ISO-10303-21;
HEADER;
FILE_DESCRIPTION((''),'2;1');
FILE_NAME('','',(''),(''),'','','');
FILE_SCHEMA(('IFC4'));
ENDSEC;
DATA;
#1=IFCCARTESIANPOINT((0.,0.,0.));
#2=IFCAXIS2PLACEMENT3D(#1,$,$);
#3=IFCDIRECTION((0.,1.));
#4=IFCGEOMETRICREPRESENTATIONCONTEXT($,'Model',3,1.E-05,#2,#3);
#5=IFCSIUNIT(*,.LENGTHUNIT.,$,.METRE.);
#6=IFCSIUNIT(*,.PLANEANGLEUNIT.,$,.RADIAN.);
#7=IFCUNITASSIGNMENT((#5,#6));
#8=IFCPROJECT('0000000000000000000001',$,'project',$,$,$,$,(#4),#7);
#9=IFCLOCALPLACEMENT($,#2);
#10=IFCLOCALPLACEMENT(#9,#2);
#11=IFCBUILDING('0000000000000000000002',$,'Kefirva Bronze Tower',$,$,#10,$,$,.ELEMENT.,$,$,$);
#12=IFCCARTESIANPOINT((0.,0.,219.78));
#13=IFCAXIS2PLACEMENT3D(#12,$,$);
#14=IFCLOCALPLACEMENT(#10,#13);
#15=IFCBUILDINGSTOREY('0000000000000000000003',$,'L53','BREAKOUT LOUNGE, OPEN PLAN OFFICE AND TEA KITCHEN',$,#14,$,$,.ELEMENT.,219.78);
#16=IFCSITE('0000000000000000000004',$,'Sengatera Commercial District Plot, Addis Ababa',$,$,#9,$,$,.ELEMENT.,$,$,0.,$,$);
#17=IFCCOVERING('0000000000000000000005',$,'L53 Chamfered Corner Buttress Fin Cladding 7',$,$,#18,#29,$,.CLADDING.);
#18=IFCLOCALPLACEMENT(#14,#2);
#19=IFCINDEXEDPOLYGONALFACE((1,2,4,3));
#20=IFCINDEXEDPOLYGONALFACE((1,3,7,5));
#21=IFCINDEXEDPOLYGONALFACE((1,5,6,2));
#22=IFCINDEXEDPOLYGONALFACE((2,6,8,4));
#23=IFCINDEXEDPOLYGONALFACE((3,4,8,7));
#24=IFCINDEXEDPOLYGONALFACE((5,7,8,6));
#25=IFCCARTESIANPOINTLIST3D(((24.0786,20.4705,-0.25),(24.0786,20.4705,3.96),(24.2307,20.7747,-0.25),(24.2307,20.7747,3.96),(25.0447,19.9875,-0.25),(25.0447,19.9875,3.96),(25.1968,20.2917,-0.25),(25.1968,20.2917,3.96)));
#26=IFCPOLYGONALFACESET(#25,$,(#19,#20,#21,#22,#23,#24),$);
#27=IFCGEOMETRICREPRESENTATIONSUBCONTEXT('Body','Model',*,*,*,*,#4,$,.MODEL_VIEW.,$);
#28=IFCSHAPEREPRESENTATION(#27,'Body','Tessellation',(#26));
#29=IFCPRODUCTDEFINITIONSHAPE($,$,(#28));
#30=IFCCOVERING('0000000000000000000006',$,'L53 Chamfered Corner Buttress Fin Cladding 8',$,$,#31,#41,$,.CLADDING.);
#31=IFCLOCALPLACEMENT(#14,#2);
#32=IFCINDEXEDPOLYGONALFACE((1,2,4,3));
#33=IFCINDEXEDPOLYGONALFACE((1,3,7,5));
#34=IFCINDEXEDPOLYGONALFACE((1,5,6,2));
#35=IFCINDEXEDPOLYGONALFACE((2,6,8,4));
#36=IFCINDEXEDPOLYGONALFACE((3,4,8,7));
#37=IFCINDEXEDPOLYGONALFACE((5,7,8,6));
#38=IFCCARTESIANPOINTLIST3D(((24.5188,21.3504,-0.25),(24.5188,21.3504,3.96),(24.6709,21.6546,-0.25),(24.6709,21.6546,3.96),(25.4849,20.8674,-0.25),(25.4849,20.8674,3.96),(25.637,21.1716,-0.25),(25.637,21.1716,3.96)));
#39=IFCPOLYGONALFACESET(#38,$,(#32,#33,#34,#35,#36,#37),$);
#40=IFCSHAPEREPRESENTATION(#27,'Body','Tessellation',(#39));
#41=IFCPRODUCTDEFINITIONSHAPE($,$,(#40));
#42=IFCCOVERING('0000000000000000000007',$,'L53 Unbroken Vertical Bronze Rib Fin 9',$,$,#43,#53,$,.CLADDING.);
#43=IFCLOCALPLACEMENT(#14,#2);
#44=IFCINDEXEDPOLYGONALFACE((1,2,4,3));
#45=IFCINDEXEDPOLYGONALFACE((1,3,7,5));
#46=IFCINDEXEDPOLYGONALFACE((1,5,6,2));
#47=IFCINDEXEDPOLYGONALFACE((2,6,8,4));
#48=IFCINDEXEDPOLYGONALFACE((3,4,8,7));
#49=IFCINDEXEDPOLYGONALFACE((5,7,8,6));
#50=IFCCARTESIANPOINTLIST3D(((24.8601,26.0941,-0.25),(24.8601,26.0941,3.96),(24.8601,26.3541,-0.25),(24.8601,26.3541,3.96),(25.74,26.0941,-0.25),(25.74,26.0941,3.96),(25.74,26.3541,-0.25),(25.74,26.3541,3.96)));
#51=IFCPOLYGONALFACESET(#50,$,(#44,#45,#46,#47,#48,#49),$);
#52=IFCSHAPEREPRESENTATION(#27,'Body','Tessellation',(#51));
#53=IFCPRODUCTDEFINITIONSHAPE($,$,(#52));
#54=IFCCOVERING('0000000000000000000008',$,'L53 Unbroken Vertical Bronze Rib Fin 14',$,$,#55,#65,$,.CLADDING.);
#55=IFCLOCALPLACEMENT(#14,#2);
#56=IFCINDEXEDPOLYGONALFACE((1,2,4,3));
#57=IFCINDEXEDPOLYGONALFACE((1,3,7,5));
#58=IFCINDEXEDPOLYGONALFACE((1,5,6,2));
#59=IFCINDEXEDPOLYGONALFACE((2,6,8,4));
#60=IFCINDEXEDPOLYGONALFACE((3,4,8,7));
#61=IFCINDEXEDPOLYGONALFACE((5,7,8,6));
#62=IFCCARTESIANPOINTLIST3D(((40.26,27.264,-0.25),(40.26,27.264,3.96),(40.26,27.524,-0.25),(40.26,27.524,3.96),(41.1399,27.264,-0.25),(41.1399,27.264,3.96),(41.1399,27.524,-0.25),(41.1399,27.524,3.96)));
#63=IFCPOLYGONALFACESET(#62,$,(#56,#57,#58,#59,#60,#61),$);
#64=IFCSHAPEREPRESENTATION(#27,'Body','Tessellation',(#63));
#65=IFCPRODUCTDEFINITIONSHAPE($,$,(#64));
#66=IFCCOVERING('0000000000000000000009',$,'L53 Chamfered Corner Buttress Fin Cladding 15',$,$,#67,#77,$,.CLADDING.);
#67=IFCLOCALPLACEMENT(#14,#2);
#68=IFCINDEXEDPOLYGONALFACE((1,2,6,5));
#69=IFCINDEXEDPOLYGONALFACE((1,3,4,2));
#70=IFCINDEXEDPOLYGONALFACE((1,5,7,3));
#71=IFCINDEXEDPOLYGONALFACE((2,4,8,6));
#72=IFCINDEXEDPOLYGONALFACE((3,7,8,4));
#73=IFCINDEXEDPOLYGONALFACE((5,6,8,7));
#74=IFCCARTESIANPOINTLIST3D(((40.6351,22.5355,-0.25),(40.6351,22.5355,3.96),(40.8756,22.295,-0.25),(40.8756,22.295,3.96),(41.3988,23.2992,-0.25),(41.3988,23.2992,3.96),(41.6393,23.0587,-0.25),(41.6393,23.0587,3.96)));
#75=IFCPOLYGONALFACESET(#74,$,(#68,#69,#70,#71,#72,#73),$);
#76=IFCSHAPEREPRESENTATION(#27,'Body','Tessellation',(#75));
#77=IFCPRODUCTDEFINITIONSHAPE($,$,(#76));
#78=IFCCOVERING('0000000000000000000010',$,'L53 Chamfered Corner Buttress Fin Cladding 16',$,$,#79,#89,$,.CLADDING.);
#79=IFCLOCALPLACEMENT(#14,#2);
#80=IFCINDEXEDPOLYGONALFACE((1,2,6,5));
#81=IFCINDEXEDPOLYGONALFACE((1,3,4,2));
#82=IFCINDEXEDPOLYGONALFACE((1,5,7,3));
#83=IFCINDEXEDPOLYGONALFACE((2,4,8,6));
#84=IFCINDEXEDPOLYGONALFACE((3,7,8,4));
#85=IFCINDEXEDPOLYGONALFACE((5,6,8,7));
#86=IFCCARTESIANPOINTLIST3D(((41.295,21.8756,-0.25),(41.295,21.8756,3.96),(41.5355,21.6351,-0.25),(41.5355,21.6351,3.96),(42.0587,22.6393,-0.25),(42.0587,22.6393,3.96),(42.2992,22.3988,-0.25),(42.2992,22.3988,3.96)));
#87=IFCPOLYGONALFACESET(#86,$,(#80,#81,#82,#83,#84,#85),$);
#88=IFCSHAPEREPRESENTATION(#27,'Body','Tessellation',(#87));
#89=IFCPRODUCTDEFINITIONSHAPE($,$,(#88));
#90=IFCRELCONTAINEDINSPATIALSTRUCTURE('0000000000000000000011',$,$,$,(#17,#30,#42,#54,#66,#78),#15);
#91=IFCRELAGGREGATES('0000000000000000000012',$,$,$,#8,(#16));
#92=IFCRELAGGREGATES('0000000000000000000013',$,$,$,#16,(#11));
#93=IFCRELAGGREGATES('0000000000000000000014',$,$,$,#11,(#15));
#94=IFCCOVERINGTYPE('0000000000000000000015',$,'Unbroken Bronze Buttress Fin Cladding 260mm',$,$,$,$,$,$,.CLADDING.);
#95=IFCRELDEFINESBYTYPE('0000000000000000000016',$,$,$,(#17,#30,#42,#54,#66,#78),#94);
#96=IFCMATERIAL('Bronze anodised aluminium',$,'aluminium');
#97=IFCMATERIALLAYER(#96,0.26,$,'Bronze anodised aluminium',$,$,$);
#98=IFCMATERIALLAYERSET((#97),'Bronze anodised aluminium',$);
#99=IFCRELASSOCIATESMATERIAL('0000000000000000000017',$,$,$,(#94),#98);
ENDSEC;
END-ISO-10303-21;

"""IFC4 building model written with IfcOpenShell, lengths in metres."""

from ifc_helpers import new_model, si_unit, direction, frame, origin, origin_2d, place, context, subcontext, project, spatial, rectangle, extrude, material, layer, layer_set, type_object, element, save


model = new_model("IFC4")

# Units and contexts
model_context = context("Model", 3, precision=1e-05, world=origin(), true_north=direction((0.0, 1.0)))
body_context = subcontext(model_context, "Body", "Model", "MODEL_VIEW")
ifc_project = project(units=[si_unit("LENGTHUNIT", "METRE"), si_unit("PLANEANGLEUNIT", "RADIAN")], contexts=[model_context])

# Site, building, storey
site_placement = place(None, origin())
site = spatial("IfcSite", under=ifc_project, at=site_placement, Name="Sengatera Commercial District Plot, Addis Ababa", CompositionType="ELEMENT", RefElevation=0.0)
building_placement = place(site_placement, origin())
building = spatial("IfcBuilding", under=site, at=building_placement, Name="Kefirva Bronze Tower", CompositionType="ELEMENT")
storey_placement = place(building_placement, frame((0.0, 0.0, 219.78)))
storey = spatial("IfcBuildingStorey", under=building, at=storey_placement, Name="L53", Description="BREAKOUT LOUNGE, OPEN PLAN OFFICE AND TEA KITCHEN", CompositionType="ELEMENT", Elevation=219.78)

# Coverings
ifc_material_1 = material(Name="Bronze anodised aluminium", Category="aluminium")
ifc_layer_1 = layer(ifc_material_1, 0.26, Name="Bronze anodised aluminium")
ifc_layer_set_1 = layer_set([ifc_layer_1], Name="Bronze anodised aluminium")
covering_type_1 = type_object("IfcCoveringType", Name="Unbroken Bronze Buttress Fin Cladding 260mm", PredefinedType="CLADDING", material=ifc_layer_set_1)
for number, where, z_axis, x_axis, name in (
    (1, (24.6377, 20.3811, -0.25), (0.0, 0.0, 1.0), (0.447214, 0.894427, 0.0), "L53 Chamfered Corner Buttress Fin Cladding 7"),
    (2, (25.0779, 21.261, -0.25), (0.0, 0.0, 1.0), (0.447214, 0.894427, 0.0), "L53 Chamfered Corner Buttress Fin Cladding 8"),
):
    element("IfcCovering", number, at=place(storey_placement, frame(where, z_axis=z_axis, x_axis=x_axis)), inside=storey, type_object=covering_type_1, Name=name, PredefinedType="CLADDING", context=body_context, shape_type="SweptSolid", body=[
        extrude(rectangle(XDim=0.3401, YDim=1.0801, at=origin_2d()), origin(), (0.0, 0.0, 1.0), 4.21),
    ])
for number, where, z_axis, x_axis, name in (
    (3, (25.3, 26.2241, -0.25), (0.0, 0.0, 1.0), (0.0, 1.0, 0.0), "L53 Unbroken Vertical Bronze Rib Fin 9"),
    (4, (40.7, 27.394, -0.25), (0.0, 0.0, 1.0), (0.0, -1.0, 0.0), "L53 Unbroken Vertical Bronze Rib Fin 14"),
):
    element("IfcCovering", number, at=place(storey_placement, frame(where, z_axis=z_axis, x_axis=x_axis)), inside=storey, type_object=covering_type_1, Name=name, PredefinedType="CLADDING", context=body_context, shape_type="SweptSolid", body=[
        extrude(rectangle(XDim=0.26, YDim=0.8799, at=origin_2d()), origin(), (0.0, 0.0, 1.0), 4.21),
    ])
for number, where, z_axis, x_axis, name in (
    (5, (41.1372, 22.7971, -0.25), (0.0, 0.0, 1.0), (0.707107, -0.707107, 0.0), "L53 Chamfered Corner Buttress Fin Cladding 15"),
    (6, (41.7971, 22.1372, -0.25), (0.0, 0.0, 1.0), (0.707107, -0.707107, 0.0), "L53 Chamfered Corner Buttress Fin Cladding 16"),
):
    element("IfcCovering", number, at=place(storey_placement, frame(where, z_axis=z_axis, x_axis=x_axis)), inside=storey, type_object=covering_type_1, Name=name, PredefinedType="CLADDING", context=body_context, shape_type="SweptSolid", body=[
        extrude(rectangle(XDim=0.3401, YDim=1.0801, at=origin_2d()), origin(), (0.0, 0.0, 1.0), 4.21),
    ])

save(model, "model.ifc")
